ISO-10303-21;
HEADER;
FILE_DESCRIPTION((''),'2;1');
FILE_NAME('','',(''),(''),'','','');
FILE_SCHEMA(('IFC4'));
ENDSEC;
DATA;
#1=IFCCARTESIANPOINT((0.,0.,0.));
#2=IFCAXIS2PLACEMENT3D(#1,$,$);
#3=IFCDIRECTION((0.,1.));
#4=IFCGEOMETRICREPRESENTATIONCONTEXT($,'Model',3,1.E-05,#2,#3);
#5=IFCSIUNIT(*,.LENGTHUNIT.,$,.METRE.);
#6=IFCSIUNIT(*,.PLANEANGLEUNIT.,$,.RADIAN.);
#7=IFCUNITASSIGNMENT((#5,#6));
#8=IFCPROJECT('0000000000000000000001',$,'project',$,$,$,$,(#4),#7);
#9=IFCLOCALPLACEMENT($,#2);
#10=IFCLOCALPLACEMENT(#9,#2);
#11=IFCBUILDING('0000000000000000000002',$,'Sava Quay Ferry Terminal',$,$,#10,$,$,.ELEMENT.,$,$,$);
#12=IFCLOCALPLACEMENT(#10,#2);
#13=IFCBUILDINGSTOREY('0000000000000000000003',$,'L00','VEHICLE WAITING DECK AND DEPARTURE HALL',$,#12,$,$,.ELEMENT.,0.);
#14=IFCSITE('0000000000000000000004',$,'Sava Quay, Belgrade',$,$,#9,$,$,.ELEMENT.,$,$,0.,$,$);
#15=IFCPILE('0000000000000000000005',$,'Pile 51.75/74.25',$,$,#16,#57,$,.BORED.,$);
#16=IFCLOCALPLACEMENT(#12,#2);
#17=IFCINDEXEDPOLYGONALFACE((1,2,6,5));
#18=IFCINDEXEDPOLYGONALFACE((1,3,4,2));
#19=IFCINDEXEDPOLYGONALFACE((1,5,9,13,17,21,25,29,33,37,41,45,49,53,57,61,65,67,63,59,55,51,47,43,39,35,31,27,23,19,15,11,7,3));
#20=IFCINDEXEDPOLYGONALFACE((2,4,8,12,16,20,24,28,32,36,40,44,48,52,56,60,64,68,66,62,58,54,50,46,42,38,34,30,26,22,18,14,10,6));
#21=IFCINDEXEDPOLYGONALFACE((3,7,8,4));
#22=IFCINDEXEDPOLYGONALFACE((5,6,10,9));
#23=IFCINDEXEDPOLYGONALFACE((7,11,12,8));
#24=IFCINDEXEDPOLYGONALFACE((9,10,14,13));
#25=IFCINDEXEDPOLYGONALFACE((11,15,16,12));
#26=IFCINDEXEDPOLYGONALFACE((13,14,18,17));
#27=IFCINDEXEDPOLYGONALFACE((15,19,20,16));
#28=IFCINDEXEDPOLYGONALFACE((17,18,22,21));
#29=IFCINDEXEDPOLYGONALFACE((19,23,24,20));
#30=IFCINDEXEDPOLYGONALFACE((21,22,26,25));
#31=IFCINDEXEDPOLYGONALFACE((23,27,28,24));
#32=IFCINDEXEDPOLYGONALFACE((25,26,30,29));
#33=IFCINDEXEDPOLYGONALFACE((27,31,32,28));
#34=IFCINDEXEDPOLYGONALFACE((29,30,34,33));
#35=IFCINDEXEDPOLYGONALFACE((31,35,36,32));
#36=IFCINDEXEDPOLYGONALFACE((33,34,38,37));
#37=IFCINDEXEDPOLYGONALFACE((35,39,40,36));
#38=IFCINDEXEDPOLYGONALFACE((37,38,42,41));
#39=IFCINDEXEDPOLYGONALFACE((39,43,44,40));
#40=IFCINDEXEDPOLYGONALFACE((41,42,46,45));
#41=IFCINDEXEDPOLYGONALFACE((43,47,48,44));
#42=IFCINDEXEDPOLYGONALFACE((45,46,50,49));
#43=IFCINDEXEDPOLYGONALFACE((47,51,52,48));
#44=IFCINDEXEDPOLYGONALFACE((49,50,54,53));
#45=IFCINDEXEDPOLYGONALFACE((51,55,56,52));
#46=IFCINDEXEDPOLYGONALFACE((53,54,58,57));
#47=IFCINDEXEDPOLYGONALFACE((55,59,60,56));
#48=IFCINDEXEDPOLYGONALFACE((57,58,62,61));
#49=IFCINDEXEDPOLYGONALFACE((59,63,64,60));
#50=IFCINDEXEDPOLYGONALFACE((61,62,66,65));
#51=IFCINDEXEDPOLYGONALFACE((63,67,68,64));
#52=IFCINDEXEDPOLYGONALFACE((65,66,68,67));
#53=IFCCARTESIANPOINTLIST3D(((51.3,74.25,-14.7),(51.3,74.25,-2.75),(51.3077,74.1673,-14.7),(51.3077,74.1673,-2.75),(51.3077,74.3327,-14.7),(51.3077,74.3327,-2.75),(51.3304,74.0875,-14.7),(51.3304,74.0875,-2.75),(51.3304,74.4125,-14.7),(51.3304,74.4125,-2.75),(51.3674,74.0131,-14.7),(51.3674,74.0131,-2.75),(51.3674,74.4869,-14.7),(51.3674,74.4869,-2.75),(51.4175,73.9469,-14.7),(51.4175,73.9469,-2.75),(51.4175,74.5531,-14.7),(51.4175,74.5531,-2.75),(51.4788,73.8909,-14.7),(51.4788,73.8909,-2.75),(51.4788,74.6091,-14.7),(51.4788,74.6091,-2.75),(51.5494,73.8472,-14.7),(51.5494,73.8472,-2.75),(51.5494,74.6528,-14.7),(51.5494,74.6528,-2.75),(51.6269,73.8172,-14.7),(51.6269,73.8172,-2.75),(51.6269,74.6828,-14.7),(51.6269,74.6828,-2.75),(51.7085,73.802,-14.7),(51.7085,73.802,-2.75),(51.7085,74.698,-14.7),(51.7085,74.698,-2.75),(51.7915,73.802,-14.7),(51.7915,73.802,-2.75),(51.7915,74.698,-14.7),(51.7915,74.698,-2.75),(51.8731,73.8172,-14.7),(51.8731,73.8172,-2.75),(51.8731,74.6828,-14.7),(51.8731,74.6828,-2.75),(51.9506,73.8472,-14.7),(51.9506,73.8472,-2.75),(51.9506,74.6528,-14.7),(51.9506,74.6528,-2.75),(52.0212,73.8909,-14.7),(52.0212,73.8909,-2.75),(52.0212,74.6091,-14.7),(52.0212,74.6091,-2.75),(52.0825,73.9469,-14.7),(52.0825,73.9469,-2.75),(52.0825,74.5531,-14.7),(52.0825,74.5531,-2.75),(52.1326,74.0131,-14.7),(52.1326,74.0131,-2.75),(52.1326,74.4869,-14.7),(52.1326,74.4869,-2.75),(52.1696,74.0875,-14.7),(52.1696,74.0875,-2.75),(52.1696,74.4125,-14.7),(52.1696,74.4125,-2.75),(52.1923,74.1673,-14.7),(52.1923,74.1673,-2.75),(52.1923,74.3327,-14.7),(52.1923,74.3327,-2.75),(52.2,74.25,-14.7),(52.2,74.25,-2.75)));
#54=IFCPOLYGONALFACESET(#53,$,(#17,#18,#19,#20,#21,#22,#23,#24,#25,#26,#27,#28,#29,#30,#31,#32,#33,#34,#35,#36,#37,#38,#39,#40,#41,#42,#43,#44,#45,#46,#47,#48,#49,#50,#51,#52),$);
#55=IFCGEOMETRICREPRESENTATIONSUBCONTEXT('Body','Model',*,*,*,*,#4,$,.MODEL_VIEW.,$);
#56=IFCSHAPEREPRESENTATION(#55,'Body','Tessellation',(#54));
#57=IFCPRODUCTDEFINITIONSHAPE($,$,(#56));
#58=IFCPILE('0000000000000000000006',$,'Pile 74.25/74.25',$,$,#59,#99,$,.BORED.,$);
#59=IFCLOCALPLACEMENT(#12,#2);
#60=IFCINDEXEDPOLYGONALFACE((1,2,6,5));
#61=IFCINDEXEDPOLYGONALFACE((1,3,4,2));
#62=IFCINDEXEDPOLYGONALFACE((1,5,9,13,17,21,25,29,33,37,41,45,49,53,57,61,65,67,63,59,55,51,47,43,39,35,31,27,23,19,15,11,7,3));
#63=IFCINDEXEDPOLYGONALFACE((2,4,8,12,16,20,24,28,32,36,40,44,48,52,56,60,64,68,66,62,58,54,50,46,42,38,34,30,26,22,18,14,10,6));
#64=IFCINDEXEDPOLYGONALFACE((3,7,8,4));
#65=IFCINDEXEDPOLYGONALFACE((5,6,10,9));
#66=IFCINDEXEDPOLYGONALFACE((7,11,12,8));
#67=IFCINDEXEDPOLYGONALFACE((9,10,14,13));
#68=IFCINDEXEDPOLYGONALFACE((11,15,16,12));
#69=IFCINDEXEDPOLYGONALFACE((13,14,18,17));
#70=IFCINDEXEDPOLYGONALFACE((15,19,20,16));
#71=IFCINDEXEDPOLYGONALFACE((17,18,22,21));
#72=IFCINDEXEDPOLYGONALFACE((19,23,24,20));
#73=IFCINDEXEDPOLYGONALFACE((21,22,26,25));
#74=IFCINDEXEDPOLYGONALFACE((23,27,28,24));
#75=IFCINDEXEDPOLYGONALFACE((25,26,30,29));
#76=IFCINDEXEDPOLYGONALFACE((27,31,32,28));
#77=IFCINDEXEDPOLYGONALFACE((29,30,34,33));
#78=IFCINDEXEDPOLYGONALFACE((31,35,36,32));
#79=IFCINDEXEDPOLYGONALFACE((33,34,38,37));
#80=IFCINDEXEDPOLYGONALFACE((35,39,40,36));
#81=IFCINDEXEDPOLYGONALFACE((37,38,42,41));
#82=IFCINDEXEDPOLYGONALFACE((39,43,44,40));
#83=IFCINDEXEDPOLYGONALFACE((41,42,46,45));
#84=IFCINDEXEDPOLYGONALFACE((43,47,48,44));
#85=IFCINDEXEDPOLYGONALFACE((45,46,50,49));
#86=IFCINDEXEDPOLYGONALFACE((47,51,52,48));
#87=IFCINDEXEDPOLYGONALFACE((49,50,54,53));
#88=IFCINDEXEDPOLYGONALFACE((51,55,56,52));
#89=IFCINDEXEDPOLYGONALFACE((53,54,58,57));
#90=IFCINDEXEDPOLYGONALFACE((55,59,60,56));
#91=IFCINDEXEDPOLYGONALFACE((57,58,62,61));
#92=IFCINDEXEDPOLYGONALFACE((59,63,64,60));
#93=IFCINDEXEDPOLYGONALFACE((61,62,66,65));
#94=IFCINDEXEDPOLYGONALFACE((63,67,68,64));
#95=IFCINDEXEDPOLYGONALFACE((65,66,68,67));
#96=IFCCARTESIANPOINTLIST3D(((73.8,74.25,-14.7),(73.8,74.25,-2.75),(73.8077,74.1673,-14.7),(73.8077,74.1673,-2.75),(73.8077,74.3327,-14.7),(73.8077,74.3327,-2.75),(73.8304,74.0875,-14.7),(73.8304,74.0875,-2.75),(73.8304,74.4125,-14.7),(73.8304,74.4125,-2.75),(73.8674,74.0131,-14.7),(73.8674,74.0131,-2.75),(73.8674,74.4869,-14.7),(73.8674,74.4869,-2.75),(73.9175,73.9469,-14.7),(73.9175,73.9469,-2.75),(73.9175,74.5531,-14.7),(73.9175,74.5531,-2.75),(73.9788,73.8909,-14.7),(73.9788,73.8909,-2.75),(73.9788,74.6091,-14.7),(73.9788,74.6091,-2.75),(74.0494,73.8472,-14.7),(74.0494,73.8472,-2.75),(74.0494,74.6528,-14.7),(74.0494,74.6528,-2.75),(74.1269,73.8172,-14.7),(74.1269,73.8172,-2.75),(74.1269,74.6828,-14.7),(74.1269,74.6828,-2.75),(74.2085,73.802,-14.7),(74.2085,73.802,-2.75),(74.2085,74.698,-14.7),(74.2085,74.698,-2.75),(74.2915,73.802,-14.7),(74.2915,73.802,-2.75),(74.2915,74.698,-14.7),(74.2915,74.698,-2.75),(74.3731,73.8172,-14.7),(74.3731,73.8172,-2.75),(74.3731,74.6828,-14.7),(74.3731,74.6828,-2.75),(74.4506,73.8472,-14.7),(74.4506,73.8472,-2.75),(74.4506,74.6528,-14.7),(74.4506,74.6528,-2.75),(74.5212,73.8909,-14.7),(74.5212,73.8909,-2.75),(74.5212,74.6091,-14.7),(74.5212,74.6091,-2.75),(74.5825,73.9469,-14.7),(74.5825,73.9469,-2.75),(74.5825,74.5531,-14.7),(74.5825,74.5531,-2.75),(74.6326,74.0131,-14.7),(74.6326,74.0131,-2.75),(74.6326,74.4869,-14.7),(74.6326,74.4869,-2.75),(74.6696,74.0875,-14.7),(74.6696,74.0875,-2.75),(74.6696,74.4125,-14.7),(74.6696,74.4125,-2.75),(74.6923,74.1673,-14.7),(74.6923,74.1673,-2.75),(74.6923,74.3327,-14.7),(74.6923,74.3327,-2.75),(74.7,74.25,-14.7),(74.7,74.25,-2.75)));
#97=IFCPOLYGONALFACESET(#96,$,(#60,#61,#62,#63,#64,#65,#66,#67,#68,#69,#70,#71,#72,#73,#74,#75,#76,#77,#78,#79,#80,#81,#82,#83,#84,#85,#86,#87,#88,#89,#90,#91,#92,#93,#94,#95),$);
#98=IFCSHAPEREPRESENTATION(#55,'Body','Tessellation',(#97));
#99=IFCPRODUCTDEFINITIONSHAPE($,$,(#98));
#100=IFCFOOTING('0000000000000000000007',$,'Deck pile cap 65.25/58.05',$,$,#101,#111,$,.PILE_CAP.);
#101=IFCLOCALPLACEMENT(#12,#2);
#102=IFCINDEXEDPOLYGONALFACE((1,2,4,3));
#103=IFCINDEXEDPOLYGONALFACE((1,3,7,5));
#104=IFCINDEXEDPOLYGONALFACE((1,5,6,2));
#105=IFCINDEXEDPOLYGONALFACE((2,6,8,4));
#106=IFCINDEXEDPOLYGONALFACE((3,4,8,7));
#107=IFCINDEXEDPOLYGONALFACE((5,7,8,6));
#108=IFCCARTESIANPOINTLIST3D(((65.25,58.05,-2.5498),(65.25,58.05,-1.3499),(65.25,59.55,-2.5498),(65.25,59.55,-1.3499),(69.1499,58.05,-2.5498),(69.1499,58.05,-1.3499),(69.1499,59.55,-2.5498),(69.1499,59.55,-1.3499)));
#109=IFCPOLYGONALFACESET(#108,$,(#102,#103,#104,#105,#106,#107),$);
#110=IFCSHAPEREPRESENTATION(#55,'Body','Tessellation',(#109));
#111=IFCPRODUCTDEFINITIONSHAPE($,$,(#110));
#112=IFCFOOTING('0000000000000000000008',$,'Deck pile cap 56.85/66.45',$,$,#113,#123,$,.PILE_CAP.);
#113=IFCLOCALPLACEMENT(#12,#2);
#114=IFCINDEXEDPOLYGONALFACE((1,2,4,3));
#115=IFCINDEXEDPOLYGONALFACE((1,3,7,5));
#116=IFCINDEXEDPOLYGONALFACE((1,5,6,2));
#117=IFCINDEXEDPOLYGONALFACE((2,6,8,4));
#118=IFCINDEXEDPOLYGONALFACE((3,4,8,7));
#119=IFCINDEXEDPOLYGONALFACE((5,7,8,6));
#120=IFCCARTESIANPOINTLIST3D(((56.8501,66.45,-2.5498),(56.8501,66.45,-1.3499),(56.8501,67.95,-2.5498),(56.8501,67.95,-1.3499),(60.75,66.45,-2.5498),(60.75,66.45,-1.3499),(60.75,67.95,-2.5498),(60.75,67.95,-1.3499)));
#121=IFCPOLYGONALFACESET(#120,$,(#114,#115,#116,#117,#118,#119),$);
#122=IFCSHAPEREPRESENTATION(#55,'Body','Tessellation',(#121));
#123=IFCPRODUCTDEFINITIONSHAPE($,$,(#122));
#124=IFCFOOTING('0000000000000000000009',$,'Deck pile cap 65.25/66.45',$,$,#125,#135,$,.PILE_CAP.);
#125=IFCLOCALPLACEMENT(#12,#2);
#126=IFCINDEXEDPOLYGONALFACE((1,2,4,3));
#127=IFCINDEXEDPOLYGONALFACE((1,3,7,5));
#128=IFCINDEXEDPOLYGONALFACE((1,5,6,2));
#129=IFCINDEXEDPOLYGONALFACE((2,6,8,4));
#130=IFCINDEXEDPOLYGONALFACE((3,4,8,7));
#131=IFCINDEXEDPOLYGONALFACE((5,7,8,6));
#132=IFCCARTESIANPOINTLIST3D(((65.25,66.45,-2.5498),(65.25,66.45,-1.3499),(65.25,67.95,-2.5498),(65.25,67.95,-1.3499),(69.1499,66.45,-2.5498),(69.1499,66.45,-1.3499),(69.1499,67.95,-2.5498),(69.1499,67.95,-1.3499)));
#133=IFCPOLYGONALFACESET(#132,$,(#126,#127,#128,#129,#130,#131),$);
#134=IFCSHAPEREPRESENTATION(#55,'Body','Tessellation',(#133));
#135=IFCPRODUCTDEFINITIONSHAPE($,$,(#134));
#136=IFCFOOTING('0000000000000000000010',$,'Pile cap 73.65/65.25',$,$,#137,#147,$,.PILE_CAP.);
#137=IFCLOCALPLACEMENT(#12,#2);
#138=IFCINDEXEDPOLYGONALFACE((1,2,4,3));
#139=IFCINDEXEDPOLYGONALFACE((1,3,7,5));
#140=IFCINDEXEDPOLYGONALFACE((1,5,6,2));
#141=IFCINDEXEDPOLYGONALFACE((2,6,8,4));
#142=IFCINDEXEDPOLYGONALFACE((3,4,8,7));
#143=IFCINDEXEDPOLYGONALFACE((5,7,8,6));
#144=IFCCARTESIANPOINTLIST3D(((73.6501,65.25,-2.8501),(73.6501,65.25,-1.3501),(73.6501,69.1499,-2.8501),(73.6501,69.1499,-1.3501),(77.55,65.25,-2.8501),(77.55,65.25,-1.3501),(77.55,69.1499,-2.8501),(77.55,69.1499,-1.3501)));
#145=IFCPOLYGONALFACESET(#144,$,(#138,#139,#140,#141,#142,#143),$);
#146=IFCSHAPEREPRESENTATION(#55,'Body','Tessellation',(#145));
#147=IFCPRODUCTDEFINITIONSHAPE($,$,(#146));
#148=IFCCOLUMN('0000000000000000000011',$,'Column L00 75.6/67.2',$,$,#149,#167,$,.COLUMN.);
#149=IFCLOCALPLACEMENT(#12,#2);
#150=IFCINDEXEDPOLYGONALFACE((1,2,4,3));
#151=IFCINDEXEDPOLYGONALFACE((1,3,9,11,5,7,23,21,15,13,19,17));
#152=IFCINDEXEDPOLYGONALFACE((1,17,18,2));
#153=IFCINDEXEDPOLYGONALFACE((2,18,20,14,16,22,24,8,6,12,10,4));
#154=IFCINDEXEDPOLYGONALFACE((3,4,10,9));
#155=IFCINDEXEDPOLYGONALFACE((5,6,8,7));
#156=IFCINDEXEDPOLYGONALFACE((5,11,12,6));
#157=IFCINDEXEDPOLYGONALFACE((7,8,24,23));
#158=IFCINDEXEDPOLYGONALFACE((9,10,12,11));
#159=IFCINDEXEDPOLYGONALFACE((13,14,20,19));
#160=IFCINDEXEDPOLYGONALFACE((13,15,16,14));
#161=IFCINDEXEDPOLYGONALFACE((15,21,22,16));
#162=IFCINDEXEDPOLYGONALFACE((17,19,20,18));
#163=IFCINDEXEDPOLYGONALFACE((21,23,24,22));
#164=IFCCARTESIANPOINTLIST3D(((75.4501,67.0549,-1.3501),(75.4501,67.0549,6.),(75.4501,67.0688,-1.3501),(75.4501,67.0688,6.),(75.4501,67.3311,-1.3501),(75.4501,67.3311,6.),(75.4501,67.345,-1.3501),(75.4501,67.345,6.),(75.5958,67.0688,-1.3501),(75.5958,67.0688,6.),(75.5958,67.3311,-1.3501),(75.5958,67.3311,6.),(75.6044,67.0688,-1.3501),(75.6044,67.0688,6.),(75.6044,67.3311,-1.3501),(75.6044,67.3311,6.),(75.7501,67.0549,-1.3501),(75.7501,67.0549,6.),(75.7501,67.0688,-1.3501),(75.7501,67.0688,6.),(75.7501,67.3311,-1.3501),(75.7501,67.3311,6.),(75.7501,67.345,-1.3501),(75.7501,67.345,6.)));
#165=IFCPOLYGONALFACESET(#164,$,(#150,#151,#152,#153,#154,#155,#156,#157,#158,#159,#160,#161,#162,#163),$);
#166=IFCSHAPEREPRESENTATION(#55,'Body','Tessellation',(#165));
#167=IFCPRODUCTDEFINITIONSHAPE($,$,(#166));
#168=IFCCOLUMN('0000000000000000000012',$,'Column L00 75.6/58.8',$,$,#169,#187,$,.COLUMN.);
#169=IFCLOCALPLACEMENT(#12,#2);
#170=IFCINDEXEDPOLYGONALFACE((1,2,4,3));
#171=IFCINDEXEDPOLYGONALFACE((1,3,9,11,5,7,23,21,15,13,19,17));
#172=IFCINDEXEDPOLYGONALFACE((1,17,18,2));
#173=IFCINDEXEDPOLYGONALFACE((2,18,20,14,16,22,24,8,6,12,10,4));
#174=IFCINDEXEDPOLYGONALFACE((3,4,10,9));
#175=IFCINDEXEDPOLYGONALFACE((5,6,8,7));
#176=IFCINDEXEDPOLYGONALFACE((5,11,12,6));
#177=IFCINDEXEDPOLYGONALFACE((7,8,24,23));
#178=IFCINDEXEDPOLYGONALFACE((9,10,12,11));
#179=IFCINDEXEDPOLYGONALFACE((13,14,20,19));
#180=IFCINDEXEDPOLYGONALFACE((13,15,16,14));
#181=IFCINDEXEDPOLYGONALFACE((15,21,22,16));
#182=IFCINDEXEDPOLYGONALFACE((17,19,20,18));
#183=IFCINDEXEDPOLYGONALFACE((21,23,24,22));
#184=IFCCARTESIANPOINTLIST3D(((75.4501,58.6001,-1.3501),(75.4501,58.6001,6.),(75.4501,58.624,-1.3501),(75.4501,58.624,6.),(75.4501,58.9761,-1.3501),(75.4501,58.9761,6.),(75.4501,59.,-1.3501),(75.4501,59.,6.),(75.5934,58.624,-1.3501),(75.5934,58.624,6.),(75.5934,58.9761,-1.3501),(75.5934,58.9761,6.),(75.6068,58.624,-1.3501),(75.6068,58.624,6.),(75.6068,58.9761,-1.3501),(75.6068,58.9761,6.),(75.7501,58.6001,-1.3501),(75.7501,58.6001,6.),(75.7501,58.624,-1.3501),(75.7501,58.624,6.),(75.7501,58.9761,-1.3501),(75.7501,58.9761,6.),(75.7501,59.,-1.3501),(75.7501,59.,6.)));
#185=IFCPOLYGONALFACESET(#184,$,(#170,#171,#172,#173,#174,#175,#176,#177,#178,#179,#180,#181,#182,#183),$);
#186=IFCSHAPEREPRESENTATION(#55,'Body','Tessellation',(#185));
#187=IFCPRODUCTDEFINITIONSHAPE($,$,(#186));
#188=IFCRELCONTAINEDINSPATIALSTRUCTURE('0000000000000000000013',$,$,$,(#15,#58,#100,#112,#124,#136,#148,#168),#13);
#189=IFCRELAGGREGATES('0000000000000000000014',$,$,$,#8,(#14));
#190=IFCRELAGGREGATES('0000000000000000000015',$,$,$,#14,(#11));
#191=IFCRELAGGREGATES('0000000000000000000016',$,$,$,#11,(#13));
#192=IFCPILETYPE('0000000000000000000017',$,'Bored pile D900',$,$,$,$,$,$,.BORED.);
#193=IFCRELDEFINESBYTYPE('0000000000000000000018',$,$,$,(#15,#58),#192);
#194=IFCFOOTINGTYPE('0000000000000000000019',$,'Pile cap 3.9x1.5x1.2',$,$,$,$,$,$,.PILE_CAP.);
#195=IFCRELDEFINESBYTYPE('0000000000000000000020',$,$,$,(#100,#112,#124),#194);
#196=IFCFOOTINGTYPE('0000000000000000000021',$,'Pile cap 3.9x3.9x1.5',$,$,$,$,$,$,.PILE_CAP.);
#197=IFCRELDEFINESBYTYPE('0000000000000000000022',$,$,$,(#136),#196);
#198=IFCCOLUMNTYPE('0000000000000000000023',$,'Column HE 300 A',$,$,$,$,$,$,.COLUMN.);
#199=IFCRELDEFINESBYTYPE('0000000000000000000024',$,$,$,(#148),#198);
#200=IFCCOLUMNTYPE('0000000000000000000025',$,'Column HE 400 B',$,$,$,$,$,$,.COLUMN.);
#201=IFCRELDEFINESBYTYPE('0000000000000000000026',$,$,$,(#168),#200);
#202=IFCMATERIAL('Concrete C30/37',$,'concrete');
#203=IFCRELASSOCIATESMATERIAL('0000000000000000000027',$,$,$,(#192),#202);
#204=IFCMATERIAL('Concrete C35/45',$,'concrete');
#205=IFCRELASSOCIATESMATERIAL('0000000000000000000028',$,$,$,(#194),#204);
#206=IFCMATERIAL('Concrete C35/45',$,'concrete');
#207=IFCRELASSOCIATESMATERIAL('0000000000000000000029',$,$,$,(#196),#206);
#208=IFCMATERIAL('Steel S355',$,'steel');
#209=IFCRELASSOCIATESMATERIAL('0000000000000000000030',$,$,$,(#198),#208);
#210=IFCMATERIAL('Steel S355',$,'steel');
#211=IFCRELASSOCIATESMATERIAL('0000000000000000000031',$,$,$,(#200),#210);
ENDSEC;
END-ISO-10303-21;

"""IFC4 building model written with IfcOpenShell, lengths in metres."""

from ifc_helpers import new_model, si_unit, direction, frame, origin, origin_2d, place, context, subcontext, project, spatial, rectangle, circle, i_section, extrude, material, material_profile, profile_set, type_object, element, save


model = new_model("IFC4")

# Units and contexts
model_context = context("Model", 3, precision=1e-05, world=origin(), true_north=direction((0.0, 1.0)))
body_context = subcontext(model_context, "Body", "Model", "MODEL_VIEW")
ifc_project = project(units=[si_unit("LENGTHUNIT", "METRE"), si_unit("PLANEANGLEUNIT", "RADIAN")], contexts=[model_context])

# Site, building, storey
site_placement = place(None, origin())
site = spatial("IfcSite", under=ifc_project, at=site_placement, Name="Sava Quay, Belgrade", CompositionType="ELEMENT", RefElevation=0.0)
building_placement = place(site_placement, origin())
building = spatial("IfcBuilding", under=site, at=building_placement, Name="Sava Quay Ferry Terminal", CompositionType="ELEMENT")
storey_placement = place(building_placement, origin())
storey = spatial("IfcBuildingStorey", under=building, at=storey_placement, Name="L00", Description="VEHICLE WAITING DECK AND DEPARTURE HALL", CompositionType="ELEMENT", Elevation=0.0)

# Piles
ifc_material_1 = material(Name="Concrete C30/37", Category="concrete")
ifc_material_profile_1 = material_profile(ifc_material_1, circle(Radius=0.45, at=origin_2d()), Name="Bored pile D900")
ifc_profile_set_1 = profile_set([ifc_material_profile_1], Name="Concrete C30/37")
pile_type = type_object("IfcPileType", Name="Bored pile D900", PredefinedType="BORED", material=ifc_profile_set_1)
for number, where, z_axis, x_axis, name in (
    (1, (51.75, 74.25, -2.75), (0.0, 0.0, -1.0), (1.0, 0.0, 0.0), "Pile 51.75/74.25"),
    (2, (74.25, 74.25, -2.75), (0.0, 0.0, -1.0), (1.0, 0.0, 0.0), "Pile 74.25/74.25"),
):
    element("IfcPile", number, at=place(storey_placement, frame(where, z_axis=z_axis, x_axis=x_axis)), inside=storey, type_object=pile_type, Name=name, PredefinedType="BORED", context=body_context, shape_type="SweptSolid", body=[
        extrude(circle(Radius=0.45, at=origin_2d()), origin(), (0.0, 0.0, 1.0), 11.95),
    ])

# Footings
ifc_material_2 = material(Name="Concrete C35/45", Category="concrete")
footing_type_1 = type_object("IfcFootingType", Name="Pile cap 3.9x1.5x1.2", PredefinedType="PILE_CAP", material=ifc_material_2)
for number, where, z_axis, x_axis, name in (
    (3, (67.2, 58.8, -2.5498), (0.0, 0.0, 1.0), (1.0, 0.0, 0.0), "Deck pile cap 65.25/58.05"),
    (4, (58.8, 67.2, -2.5498), (0.0, 0.0, 1.0), (1.0, 0.0, 0.0), "Deck pile cap 56.85/66.45"),
    (5, (67.2, 67.2, -2.5498), (0.0, 0.0, 1.0), (1.0, 0.0, 0.0), "Deck pile cap 65.25/66.45"),
):
    element("IfcFooting", number, at=place(storey_placement, frame(where, z_axis=z_axis, x_axis=x_axis)), inside=storey, type_object=footing_type_1, Name=name, PredefinedType="PILE_CAP", context=body_context, shape_type="SweptSolid", body=[
        extrude(rectangle(XDim=3.8999, YDim=1.5, at=origin_2d()), origin(), (0.0, 0.0, 1.0), 1.2),
    ])
ifc_material_3 = material(Name="Concrete C35/45", Category="concrete")
footing_type_2 = type_object("IfcFootingType", Name="Pile cap 3.9x3.9x1.5", PredefinedType="PILE_CAP", material=ifc_material_3)
footing_placement = place(storey_placement, frame((75.6001, 67.2, -2.8501), z_axis=(0.0, 0.0, 1.0), x_axis=(1.0, 0.0, 0.0)))
element("IfcFooting", 6, at=footing_placement, inside=storey, type_object=footing_type_2, Name="Pile cap 73.65/65.25", PredefinedType="PILE_CAP", context=body_context, shape_type="SweptSolid", body=[
    extrude(rectangle(XDim=3.8999, YDim=3.8999, at=origin_2d()), origin(), (0.0, 0.0, 1.0), 1.5),
])

# Columns
ifc_material_4 = material(Name="Steel S355", Category="steel")
ifc_material_profile_2 = material_profile(ifc_material_4, i_section(OverallWidth=0.3, OverallDepth=0.29, WebThickness=0.0085, FlangeThickness=0.0139, at=origin_2d()), Name="HE 300 A")
ifc_profile_set_2 = profile_set([ifc_material_profile_2], Name="Steel S355")
column_type_1 = type_object("IfcColumnType", Name="Column HE 300 A", PredefinedType="COLUMN", material=ifc_profile_set_2)
column_1_placement = place(storey_placement, frame((75.6001, 67.2, -1.3501), z_axis=(0.0, 0.0, 1.0), x_axis=(1.0, 0.0, 0.0)))
element("IfcColumn", 7, at=column_1_placement, inside=storey, type_object=column_type_1, Name="Column L00 75.6/67.2", PredefinedType="COLUMN", context=body_context, shape_type="SweptSolid", body=[
    extrude(i_section(OverallWidth=0.3, OverallDepth=0.29, WebThickness=0.0085, FlangeThickness=0.0139, at=origin_2d()), origin(), (0.0, 0.0, 1.0), 7.3501),
])
ifc_material_5 = material(Name="Steel S355", Category="steel")
ifc_material_profile_3 = material_profile(ifc_material_5, i_section(OverallWidth=0.3, OverallDepth=0.3999, WebThickness=0.0134, FlangeThickness=0.0239, at=origin_2d()), Name="HE 400 B")
ifc_profile_set_3 = profile_set([ifc_material_profile_3], Name="Steel S355")
column_type_2 = type_object("IfcColumnType", Name="Column HE 400 B", PredefinedType="COLUMN", material=ifc_profile_set_3)
column_2_placement = place(storey_placement, frame((75.6001, 58.8, -1.3501), z_axis=(0.0, 0.0, 1.0), x_axis=(1.0, 0.0, 0.0)))
element("IfcColumn", 8, at=column_2_placement, inside=storey, type_object=column_type_2, Name="Column L00 75.6/58.8", PredefinedType="COLUMN", context=body_context, shape_type="SweptSolid", body=[
    extrude(i_section(OverallWidth=0.3, OverallDepth=0.3999, WebThickness=0.0134, FlangeThickness=0.0239, at=origin_2d()), origin(), (0.0, 0.0, 1.0), 7.3501),
])

save(model, "model.ifc")
